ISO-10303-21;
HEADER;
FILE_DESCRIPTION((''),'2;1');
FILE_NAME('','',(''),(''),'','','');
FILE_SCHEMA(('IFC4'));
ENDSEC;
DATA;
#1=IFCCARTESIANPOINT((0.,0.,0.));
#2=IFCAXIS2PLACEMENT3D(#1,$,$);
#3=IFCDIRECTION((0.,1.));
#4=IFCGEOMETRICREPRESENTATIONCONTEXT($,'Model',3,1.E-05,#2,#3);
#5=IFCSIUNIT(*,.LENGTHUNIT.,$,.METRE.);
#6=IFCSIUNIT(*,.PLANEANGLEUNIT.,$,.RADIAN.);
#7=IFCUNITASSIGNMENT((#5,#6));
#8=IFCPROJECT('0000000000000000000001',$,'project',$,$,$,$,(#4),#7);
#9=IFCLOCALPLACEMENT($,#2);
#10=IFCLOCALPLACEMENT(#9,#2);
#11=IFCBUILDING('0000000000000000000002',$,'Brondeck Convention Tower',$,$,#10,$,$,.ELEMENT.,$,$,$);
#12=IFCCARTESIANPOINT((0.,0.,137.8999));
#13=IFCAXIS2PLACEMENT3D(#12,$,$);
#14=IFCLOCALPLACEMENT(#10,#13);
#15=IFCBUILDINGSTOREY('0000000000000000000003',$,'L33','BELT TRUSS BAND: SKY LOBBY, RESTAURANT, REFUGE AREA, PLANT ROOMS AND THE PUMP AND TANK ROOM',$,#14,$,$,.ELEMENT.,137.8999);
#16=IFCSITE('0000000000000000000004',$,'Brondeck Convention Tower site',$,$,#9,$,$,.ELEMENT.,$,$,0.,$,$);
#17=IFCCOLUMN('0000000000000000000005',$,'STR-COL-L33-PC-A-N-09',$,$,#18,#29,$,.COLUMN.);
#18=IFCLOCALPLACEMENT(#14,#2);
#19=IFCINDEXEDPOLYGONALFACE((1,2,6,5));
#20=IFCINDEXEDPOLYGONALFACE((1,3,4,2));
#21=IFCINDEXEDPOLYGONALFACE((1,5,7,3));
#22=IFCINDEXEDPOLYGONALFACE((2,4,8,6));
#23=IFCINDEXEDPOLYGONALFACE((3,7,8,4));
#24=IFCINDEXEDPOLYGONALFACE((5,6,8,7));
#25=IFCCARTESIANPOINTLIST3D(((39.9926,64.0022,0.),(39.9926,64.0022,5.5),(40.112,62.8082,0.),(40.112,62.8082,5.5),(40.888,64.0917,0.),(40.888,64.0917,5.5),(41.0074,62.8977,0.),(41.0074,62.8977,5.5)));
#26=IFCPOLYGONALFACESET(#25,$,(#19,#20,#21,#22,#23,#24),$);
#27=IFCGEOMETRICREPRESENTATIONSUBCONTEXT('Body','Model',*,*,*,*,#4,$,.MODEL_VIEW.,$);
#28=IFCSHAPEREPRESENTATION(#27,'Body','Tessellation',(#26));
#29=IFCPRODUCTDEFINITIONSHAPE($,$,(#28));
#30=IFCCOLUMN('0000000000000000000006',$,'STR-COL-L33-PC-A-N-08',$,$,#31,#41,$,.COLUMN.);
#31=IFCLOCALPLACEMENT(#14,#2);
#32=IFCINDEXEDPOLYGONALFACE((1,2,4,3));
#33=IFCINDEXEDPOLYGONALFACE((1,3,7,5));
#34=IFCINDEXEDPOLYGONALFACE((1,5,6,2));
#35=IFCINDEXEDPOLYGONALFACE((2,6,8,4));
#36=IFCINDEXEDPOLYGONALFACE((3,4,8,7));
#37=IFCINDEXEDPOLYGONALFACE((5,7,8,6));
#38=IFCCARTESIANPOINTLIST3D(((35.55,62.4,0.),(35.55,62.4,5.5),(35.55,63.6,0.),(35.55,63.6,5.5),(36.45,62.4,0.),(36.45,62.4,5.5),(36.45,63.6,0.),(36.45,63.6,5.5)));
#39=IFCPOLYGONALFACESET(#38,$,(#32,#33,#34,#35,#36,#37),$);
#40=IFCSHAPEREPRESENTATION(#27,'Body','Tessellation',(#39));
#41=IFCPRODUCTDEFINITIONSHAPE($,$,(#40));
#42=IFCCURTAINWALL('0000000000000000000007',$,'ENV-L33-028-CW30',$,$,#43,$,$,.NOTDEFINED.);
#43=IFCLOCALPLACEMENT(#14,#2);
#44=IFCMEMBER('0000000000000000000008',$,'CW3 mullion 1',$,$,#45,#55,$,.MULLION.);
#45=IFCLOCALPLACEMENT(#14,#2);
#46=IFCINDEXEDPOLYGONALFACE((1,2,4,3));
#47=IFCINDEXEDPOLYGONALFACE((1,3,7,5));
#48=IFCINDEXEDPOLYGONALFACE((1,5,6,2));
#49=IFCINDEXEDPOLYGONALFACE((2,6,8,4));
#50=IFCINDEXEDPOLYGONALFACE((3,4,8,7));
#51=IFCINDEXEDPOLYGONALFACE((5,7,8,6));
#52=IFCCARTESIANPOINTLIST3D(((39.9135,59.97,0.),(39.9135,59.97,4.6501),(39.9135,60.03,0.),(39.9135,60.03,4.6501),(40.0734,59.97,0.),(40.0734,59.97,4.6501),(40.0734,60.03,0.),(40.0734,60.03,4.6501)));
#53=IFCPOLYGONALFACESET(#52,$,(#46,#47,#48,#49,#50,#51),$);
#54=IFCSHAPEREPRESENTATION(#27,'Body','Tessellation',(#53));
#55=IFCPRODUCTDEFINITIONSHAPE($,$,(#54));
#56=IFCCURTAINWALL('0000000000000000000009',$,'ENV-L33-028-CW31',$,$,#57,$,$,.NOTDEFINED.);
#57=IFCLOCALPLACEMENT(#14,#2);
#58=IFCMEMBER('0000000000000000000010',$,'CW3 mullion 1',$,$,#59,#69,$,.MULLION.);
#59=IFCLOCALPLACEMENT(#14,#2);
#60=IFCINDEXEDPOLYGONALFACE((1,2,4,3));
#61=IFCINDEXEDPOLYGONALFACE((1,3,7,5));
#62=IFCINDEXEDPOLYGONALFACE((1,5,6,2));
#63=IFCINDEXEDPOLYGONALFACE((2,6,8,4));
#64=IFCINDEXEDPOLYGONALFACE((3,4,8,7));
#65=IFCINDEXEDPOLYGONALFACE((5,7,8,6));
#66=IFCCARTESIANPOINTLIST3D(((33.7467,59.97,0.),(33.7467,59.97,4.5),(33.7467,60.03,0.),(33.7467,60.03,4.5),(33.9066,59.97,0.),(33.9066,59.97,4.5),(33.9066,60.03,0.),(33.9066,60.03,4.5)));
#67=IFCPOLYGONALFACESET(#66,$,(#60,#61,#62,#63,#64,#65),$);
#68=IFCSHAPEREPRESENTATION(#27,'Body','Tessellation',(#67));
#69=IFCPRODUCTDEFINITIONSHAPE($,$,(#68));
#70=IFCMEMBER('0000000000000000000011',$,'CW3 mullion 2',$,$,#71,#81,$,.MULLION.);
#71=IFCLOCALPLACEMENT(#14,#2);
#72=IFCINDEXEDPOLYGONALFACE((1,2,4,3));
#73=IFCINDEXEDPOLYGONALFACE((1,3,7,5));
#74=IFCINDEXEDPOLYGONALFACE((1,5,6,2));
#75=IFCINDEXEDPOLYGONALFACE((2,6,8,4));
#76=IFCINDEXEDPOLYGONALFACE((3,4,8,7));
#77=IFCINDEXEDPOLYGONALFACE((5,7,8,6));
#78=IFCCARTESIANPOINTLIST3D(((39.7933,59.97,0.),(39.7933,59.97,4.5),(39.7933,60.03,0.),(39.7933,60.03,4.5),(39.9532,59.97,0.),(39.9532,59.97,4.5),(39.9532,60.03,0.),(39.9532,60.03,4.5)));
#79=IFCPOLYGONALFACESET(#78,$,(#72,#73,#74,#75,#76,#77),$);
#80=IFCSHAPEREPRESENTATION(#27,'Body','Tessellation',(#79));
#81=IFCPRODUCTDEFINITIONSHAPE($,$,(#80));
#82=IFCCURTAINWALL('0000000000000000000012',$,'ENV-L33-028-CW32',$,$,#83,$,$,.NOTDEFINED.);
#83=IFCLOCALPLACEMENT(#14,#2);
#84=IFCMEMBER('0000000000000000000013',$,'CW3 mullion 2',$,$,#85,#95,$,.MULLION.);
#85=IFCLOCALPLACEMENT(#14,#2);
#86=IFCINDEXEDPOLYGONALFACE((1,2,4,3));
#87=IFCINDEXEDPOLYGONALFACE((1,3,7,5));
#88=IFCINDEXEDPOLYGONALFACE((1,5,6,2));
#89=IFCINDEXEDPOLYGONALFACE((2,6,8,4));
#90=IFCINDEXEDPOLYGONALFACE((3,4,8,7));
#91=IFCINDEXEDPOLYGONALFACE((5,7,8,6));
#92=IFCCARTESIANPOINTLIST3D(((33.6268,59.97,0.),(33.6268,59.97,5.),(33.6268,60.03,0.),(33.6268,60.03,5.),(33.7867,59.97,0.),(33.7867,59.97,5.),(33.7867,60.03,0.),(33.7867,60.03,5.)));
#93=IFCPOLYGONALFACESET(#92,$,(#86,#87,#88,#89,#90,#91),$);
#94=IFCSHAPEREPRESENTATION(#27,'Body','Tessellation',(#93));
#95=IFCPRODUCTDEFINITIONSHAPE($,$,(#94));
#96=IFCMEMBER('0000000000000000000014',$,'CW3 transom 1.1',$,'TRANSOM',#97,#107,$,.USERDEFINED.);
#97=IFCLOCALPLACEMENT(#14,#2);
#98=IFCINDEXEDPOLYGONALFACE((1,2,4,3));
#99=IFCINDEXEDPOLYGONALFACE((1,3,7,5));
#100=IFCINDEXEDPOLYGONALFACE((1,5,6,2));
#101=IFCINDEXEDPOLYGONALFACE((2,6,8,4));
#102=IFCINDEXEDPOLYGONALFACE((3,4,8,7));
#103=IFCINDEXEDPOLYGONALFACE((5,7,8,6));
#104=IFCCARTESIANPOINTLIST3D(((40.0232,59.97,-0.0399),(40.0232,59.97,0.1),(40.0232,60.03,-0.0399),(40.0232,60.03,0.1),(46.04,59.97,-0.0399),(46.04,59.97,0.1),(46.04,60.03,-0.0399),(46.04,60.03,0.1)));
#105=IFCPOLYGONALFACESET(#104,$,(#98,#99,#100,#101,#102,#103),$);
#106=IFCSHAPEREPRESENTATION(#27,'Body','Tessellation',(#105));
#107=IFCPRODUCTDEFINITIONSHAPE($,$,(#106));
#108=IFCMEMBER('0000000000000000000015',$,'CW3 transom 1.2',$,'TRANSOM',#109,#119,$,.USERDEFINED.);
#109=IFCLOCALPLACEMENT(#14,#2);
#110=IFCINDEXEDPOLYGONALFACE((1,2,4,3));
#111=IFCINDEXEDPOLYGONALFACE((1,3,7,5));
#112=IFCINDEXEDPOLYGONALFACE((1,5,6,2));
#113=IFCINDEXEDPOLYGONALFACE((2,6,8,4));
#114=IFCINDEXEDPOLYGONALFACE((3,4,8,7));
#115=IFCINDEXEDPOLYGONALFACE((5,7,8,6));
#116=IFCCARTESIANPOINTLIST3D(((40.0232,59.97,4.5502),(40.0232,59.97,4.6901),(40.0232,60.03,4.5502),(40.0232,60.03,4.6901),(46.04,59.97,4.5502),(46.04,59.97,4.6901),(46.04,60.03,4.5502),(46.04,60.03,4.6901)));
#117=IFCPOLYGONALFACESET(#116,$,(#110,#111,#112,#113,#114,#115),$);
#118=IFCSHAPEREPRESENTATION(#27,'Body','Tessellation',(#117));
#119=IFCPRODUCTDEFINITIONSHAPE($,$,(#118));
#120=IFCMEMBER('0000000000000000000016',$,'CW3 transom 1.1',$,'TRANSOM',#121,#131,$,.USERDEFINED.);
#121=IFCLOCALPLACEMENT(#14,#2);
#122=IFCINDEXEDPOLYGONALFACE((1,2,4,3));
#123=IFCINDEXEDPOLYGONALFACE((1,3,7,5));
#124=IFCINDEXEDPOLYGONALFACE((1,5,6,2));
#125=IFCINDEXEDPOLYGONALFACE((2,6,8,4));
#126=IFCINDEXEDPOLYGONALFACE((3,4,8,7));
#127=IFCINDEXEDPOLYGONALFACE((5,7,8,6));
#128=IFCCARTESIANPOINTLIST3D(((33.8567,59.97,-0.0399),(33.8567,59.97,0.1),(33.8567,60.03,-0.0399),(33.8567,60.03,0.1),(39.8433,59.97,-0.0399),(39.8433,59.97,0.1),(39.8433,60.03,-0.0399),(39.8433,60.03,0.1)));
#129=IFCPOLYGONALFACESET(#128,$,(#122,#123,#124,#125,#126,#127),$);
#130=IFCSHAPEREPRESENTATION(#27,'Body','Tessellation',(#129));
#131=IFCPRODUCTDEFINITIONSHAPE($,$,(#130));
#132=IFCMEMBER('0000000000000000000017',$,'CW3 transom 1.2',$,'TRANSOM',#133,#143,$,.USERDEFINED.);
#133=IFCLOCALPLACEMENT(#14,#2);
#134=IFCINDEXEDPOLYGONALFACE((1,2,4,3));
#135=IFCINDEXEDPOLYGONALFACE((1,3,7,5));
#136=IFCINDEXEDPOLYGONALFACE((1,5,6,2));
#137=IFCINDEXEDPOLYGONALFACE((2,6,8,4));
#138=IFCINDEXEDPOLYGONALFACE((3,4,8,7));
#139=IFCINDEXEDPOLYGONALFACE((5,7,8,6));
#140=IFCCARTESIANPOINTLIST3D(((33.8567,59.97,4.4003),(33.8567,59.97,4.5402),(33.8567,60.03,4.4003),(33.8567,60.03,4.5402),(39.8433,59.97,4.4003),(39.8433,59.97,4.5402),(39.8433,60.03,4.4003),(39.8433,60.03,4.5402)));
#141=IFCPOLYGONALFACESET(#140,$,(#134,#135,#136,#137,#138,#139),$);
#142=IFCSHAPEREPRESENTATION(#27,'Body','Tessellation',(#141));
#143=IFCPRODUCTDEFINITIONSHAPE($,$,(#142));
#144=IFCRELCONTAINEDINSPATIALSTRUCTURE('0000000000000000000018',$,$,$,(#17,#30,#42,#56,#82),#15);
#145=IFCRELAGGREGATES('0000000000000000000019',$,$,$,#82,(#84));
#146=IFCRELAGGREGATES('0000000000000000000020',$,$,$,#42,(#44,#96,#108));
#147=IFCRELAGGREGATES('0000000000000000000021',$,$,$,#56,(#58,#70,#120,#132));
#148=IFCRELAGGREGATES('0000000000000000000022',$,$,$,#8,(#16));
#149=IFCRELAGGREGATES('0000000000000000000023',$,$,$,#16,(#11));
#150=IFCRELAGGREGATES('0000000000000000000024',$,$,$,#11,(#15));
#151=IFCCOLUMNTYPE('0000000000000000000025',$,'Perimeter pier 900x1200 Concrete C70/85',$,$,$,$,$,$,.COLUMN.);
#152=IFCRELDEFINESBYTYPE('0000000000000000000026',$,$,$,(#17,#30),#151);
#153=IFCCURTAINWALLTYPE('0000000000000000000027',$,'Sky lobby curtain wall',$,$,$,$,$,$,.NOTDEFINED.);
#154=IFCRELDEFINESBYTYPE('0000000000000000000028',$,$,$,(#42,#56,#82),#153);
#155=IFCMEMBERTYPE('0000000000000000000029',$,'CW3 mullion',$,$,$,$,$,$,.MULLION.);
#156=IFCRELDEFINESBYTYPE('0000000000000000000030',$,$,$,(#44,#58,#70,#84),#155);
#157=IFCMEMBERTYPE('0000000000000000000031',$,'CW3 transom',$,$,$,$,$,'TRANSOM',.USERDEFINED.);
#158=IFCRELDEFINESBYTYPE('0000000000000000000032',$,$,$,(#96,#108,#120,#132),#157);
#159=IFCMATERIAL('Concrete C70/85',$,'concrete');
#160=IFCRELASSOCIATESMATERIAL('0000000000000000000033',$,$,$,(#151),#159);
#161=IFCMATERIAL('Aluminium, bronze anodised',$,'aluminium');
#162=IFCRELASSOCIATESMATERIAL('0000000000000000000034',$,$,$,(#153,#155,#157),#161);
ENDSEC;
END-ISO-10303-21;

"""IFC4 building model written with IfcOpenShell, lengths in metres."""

from ifc_helpers import new_model, si_unit, direction, frame, origin, origin_2d, place, context, subcontext, project, spatial, rectangle, extrude, material, material_profile, profile_set, type_object, element, aggregate, save


model = new_model("IFC4")

# Units and contexts
model_context = context("Model", 3, precision=1e-05, world=origin(), true_north=direction((0.0, 1.0)))
body_context = subcontext(model_context, "Body", "Model", "MODEL_VIEW")
ifc_project = project(units=[si_unit("LENGTHUNIT", "METRE"), si_unit("PLANEANGLEUNIT", "RADIAN")], contexts=[model_context])

# Site, building, storey
site_placement = place(None, origin())
site = spatial("IfcSite", under=ifc_project, at=site_placement, Name="Brondeck Convention Tower site", CompositionType="ELEMENT", RefElevation=0.0)
building_placement = place(site_placement, origin())
building = spatial("IfcBuilding", under=site, at=building_placement, Name="Brondeck Convention Tower", CompositionType="ELEMENT")
storey_placement = place(building_placement, frame((0.0, 0.0, 137.8999)))
storey = spatial("IfcBuildingStorey", under=building, at=storey_placement, Name="L33", Description="BELT TRUSS BAND: SKY LOBBY, RESTAURANT, REFUGE AREA, PLANT ROOMS AND THE PUMP AND TANK ROOM", CompositionType="ELEMENT", Elevation=137.8999)

# Columns
ifc_material_1 = material(Name="Concrete C70/85", Category="concrete")
ifc_material_profile_1 = material_profile(ifc_material_1, rectangle(XDim=0.8999, YDim=1.2, at=origin_2d()), Name="Perimeter pier 900x1200 Concrete C70/85")
ifc_profile_set_1 = profile_set([ifc_material_profile_1], Name="Concrete C70/85")
column_type = type_object("IfcColumnType", Name="Perimeter pier 900x1200 Concrete C70/85", PredefinedType="COLUMN", material=ifc_profile_set_1)
for number, where, z_axis, x_axis, name in (
    (1, (40.5, 63.45, 0.0), (0.0, 0.0, 1.0), (-0.995037, -0.099504, 0.0), "STR-COL-L33-PC-A-N-09"),
    (2, (36.0, 63.0, 0.0), (0.0, 0.0, 1.0), (-1.0, 0.0, 0.0), "STR-COL-L33-PC-A-N-08"),
):
    element("IfcColumn", number, at=place(storey_placement, frame(where, z_axis=z_axis, x_axis=x_axis)), inside=storey, type_object=column_type, Name=name, PredefinedType="COLUMN", context=body_context, shape_type="SweptSolid", body=[
        extrude(rectangle(XDim=0.8999, YDim=1.2, at=origin_2d()), origin(), (0.0, 0.0, 1.0), 5.5),
    ])

# Curtain wall, member
ifc_material_2 = material(Name="Aluminium, bronze anodised", Category="aluminium")
curtain_wall_type = type_object("IfcCurtainWallType", Name="Sky lobby curtain wall", PredefinedType="NOTDEFINED", material=ifc_material_2)
curtain_wall_1_placement = place(storey_placement, origin())
curtain_wall_1 = element("IfcCurtainWall", 3, at=curtain_wall_1_placement, inside=storey, type_object=curtain_wall_type, Name="ENV-L33-028-CW30", PredefinedType="NOTDEFINED")
ifc_material_profile_2 = material_profile(ifc_material_2, rectangle(XDim=0.0601, YDim=0.1599, at=origin_2d()), Name="CW3 mullion")
ifc_profile_set_2 = profile_set([ifc_material_profile_2], Name="Aluminium, bronze anodised")
member_type_1 = type_object("IfcMemberType", Name="CW3 mullion", PredefinedType="MULLION", material=ifc_profile_set_2)
member_1_placement = place(storey_placement, frame((39.9934, 60.0, 0.0), z_axis=(0.0, 0.0, 1.0), x_axis=(0.0, 1.0, 0.0)))
member_1 = element("IfcMember", 4, at=member_1_placement, type_object=member_type_1, Name="CW3 mullion 1", PredefinedType="MULLION", context=body_context, shape_type="SweptSolid", body=[
    extrude(rectangle(XDim=0.0601, YDim=0.1599, at=origin_2d()), origin(), (0.0, 0.0, 1.0), 4.6501),
])

# Curtain wall, members
curtain_wall_2_placement = place(storey_placement, origin())
curtain_wall_2 = element("IfcCurtainWall", 5, at=curtain_wall_2_placement, inside=storey, type_object=curtain_wall_type, Name="ENV-L33-028-CW31", PredefinedType="NOTDEFINED")
member_2_placement = place(storey_placement, frame((33.8267, 60.0, 0.0), z_axis=(0.0, 0.0, 1.0), x_axis=(0.0, 1.0, 0.0)))
member_2 = element("IfcMember", 6, at=member_2_placement, type_object=member_type_1, Name="CW3 mullion 1", PredefinedType="MULLION", context=body_context, shape_type="SweptSolid", body=[
    extrude(rectangle(XDim=0.0601, YDim=0.1599, at=origin_2d()), origin(), (0.0, 0.0, 1.0), 4.5),
])
member_3_placement = place(storey_placement, frame((39.8733, 60.0, 0.0), z_axis=(0.0, 0.0, 1.0), x_axis=(0.0, 1.0, 0.0)))
member_3 = element("IfcMember", 7, at=member_3_placement, type_object=member_type_1, Name="CW3 mullion 2", PredefinedType="MULLION", context=body_context, shape_type="SweptSolid", body=[
    extrude(rectangle(XDim=0.0601, YDim=0.1599, at=origin_2d()), origin(), (0.0, 0.0, 1.0), 4.5),
])

# Curtain wall, member
curtain_wall_3_placement = place(storey_placement, origin())
curtain_wall_3 = element("IfcCurtainWall", 8, at=curtain_wall_3_placement, inside=storey, type_object=curtain_wall_type, Name="ENV-L33-028-CW32", PredefinedType="NOTDEFINED")
member_4_placement = place(storey_placement, frame((33.7068, 60.0, 0.0), z_axis=(0.0, 0.0, 1.0), x_axis=(0.0, 1.0, 0.0)))
member_4 = element("IfcMember", 9, at=member_4_placement, type_object=member_type_1, Name="CW3 mullion 2", PredefinedType="MULLION", context=body_context, shape_type="SweptSolid", body=[
    extrude(rectangle(XDim=0.0601, YDim=0.1599, at=origin_2d()), origin(), (0.0, 0.0, 1.0), 5.0),
])
aggregate(curtain_wall_3, [member_4])

# Members
ifc_material_profile_3 = material_profile(ifc_material_2, rectangle(XDim=0.0601, YDim=0.1399, at=origin_2d()), Name="CW3 transom")
ifc_profile_set_3 = profile_set([ifc_material_profile_3], Name="Aluminium, bronze anodised")
member_type_2 = type_object("IfcMemberType", Name="CW3 transom", ElementType="TRANSOM", PredefinedType="USERDEFINED", material=ifc_profile_set_3)
member_5_placement = place(storey_placement, frame((40.0232, 60.0, 0.03), z_axis=(1.0, 0.0, 0.0), x_axis=(0.0, 1.0, 0.0)))
member_5 = element("IfcMember", 10, at=member_5_placement, type_object=member_type_2, Name="CW3 transom 1.1", ObjectType="TRANSOM", PredefinedType="USERDEFINED", context=body_context, shape_type="SweptSolid", body=[
    extrude(rectangle(XDim=0.0601, YDim=0.1399, at=origin_2d()), origin(), (0.0, 0.0, 1.0), 6.0168),
])
member_6_placement = place(storey_placement, frame((40.0232, 60.0, 4.6201), z_axis=(1.0, 0.0, 0.0), x_axis=(0.0, 1.0, 0.0)))
member_6 = element("IfcMember", 11, at=member_6_placement, type_object=member_type_2, Name="CW3 transom 1.2", ObjectType="TRANSOM", PredefinedType="USERDEFINED", context=body_context, shape_type="SweptSolid", body=[
    extrude(rectangle(XDim=0.0601, YDim=0.1399, at=origin_2d()), origin(), (0.0, 0.0, 1.0), 6.0168),
])
member_7_placement = place(storey_placement, frame((33.8567, 60.0, 0.03), z_axis=(1.0, 0.0, 0.0), x_axis=(0.0, 1.0, 0.0)))
member_7 = element("IfcMember", 12, at=member_7_placement, type_object=member_type_2, Name="CW3 transom 1.1", ObjectType="TRANSOM", PredefinedType="USERDEFINED", context=body_context, shape_type="SweptSolid", body=[
    extrude(rectangle(XDim=0.0601, YDim=0.1399, at=origin_2d()), origin(), (0.0, 0.0, 1.0), 5.9866),
])
member_8_placement = place(storey_placement, frame((33.8567, 60.0, 4.4702), z_axis=(1.0, 0.0, 0.0), x_axis=(0.0, 1.0, 0.0)))
member_8 = element("IfcMember", 13, at=member_8_placement, type_object=member_type_2, Name="CW3 transom 1.2", ObjectType="TRANSOM", PredefinedType="USERDEFINED", context=body_context, shape_type="SweptSolid", body=[
    extrude(rectangle(XDim=0.0601, YDim=0.1399, at=origin_2d()), origin(), (0.0, 0.0, 1.0), 5.9866),
])

aggregate(curtain_wall_1, [member_1, member_5, member_6])
aggregate(curtain_wall_2, [member_2, member_3, member_7, member_8])

save(model, "model.ifc")
